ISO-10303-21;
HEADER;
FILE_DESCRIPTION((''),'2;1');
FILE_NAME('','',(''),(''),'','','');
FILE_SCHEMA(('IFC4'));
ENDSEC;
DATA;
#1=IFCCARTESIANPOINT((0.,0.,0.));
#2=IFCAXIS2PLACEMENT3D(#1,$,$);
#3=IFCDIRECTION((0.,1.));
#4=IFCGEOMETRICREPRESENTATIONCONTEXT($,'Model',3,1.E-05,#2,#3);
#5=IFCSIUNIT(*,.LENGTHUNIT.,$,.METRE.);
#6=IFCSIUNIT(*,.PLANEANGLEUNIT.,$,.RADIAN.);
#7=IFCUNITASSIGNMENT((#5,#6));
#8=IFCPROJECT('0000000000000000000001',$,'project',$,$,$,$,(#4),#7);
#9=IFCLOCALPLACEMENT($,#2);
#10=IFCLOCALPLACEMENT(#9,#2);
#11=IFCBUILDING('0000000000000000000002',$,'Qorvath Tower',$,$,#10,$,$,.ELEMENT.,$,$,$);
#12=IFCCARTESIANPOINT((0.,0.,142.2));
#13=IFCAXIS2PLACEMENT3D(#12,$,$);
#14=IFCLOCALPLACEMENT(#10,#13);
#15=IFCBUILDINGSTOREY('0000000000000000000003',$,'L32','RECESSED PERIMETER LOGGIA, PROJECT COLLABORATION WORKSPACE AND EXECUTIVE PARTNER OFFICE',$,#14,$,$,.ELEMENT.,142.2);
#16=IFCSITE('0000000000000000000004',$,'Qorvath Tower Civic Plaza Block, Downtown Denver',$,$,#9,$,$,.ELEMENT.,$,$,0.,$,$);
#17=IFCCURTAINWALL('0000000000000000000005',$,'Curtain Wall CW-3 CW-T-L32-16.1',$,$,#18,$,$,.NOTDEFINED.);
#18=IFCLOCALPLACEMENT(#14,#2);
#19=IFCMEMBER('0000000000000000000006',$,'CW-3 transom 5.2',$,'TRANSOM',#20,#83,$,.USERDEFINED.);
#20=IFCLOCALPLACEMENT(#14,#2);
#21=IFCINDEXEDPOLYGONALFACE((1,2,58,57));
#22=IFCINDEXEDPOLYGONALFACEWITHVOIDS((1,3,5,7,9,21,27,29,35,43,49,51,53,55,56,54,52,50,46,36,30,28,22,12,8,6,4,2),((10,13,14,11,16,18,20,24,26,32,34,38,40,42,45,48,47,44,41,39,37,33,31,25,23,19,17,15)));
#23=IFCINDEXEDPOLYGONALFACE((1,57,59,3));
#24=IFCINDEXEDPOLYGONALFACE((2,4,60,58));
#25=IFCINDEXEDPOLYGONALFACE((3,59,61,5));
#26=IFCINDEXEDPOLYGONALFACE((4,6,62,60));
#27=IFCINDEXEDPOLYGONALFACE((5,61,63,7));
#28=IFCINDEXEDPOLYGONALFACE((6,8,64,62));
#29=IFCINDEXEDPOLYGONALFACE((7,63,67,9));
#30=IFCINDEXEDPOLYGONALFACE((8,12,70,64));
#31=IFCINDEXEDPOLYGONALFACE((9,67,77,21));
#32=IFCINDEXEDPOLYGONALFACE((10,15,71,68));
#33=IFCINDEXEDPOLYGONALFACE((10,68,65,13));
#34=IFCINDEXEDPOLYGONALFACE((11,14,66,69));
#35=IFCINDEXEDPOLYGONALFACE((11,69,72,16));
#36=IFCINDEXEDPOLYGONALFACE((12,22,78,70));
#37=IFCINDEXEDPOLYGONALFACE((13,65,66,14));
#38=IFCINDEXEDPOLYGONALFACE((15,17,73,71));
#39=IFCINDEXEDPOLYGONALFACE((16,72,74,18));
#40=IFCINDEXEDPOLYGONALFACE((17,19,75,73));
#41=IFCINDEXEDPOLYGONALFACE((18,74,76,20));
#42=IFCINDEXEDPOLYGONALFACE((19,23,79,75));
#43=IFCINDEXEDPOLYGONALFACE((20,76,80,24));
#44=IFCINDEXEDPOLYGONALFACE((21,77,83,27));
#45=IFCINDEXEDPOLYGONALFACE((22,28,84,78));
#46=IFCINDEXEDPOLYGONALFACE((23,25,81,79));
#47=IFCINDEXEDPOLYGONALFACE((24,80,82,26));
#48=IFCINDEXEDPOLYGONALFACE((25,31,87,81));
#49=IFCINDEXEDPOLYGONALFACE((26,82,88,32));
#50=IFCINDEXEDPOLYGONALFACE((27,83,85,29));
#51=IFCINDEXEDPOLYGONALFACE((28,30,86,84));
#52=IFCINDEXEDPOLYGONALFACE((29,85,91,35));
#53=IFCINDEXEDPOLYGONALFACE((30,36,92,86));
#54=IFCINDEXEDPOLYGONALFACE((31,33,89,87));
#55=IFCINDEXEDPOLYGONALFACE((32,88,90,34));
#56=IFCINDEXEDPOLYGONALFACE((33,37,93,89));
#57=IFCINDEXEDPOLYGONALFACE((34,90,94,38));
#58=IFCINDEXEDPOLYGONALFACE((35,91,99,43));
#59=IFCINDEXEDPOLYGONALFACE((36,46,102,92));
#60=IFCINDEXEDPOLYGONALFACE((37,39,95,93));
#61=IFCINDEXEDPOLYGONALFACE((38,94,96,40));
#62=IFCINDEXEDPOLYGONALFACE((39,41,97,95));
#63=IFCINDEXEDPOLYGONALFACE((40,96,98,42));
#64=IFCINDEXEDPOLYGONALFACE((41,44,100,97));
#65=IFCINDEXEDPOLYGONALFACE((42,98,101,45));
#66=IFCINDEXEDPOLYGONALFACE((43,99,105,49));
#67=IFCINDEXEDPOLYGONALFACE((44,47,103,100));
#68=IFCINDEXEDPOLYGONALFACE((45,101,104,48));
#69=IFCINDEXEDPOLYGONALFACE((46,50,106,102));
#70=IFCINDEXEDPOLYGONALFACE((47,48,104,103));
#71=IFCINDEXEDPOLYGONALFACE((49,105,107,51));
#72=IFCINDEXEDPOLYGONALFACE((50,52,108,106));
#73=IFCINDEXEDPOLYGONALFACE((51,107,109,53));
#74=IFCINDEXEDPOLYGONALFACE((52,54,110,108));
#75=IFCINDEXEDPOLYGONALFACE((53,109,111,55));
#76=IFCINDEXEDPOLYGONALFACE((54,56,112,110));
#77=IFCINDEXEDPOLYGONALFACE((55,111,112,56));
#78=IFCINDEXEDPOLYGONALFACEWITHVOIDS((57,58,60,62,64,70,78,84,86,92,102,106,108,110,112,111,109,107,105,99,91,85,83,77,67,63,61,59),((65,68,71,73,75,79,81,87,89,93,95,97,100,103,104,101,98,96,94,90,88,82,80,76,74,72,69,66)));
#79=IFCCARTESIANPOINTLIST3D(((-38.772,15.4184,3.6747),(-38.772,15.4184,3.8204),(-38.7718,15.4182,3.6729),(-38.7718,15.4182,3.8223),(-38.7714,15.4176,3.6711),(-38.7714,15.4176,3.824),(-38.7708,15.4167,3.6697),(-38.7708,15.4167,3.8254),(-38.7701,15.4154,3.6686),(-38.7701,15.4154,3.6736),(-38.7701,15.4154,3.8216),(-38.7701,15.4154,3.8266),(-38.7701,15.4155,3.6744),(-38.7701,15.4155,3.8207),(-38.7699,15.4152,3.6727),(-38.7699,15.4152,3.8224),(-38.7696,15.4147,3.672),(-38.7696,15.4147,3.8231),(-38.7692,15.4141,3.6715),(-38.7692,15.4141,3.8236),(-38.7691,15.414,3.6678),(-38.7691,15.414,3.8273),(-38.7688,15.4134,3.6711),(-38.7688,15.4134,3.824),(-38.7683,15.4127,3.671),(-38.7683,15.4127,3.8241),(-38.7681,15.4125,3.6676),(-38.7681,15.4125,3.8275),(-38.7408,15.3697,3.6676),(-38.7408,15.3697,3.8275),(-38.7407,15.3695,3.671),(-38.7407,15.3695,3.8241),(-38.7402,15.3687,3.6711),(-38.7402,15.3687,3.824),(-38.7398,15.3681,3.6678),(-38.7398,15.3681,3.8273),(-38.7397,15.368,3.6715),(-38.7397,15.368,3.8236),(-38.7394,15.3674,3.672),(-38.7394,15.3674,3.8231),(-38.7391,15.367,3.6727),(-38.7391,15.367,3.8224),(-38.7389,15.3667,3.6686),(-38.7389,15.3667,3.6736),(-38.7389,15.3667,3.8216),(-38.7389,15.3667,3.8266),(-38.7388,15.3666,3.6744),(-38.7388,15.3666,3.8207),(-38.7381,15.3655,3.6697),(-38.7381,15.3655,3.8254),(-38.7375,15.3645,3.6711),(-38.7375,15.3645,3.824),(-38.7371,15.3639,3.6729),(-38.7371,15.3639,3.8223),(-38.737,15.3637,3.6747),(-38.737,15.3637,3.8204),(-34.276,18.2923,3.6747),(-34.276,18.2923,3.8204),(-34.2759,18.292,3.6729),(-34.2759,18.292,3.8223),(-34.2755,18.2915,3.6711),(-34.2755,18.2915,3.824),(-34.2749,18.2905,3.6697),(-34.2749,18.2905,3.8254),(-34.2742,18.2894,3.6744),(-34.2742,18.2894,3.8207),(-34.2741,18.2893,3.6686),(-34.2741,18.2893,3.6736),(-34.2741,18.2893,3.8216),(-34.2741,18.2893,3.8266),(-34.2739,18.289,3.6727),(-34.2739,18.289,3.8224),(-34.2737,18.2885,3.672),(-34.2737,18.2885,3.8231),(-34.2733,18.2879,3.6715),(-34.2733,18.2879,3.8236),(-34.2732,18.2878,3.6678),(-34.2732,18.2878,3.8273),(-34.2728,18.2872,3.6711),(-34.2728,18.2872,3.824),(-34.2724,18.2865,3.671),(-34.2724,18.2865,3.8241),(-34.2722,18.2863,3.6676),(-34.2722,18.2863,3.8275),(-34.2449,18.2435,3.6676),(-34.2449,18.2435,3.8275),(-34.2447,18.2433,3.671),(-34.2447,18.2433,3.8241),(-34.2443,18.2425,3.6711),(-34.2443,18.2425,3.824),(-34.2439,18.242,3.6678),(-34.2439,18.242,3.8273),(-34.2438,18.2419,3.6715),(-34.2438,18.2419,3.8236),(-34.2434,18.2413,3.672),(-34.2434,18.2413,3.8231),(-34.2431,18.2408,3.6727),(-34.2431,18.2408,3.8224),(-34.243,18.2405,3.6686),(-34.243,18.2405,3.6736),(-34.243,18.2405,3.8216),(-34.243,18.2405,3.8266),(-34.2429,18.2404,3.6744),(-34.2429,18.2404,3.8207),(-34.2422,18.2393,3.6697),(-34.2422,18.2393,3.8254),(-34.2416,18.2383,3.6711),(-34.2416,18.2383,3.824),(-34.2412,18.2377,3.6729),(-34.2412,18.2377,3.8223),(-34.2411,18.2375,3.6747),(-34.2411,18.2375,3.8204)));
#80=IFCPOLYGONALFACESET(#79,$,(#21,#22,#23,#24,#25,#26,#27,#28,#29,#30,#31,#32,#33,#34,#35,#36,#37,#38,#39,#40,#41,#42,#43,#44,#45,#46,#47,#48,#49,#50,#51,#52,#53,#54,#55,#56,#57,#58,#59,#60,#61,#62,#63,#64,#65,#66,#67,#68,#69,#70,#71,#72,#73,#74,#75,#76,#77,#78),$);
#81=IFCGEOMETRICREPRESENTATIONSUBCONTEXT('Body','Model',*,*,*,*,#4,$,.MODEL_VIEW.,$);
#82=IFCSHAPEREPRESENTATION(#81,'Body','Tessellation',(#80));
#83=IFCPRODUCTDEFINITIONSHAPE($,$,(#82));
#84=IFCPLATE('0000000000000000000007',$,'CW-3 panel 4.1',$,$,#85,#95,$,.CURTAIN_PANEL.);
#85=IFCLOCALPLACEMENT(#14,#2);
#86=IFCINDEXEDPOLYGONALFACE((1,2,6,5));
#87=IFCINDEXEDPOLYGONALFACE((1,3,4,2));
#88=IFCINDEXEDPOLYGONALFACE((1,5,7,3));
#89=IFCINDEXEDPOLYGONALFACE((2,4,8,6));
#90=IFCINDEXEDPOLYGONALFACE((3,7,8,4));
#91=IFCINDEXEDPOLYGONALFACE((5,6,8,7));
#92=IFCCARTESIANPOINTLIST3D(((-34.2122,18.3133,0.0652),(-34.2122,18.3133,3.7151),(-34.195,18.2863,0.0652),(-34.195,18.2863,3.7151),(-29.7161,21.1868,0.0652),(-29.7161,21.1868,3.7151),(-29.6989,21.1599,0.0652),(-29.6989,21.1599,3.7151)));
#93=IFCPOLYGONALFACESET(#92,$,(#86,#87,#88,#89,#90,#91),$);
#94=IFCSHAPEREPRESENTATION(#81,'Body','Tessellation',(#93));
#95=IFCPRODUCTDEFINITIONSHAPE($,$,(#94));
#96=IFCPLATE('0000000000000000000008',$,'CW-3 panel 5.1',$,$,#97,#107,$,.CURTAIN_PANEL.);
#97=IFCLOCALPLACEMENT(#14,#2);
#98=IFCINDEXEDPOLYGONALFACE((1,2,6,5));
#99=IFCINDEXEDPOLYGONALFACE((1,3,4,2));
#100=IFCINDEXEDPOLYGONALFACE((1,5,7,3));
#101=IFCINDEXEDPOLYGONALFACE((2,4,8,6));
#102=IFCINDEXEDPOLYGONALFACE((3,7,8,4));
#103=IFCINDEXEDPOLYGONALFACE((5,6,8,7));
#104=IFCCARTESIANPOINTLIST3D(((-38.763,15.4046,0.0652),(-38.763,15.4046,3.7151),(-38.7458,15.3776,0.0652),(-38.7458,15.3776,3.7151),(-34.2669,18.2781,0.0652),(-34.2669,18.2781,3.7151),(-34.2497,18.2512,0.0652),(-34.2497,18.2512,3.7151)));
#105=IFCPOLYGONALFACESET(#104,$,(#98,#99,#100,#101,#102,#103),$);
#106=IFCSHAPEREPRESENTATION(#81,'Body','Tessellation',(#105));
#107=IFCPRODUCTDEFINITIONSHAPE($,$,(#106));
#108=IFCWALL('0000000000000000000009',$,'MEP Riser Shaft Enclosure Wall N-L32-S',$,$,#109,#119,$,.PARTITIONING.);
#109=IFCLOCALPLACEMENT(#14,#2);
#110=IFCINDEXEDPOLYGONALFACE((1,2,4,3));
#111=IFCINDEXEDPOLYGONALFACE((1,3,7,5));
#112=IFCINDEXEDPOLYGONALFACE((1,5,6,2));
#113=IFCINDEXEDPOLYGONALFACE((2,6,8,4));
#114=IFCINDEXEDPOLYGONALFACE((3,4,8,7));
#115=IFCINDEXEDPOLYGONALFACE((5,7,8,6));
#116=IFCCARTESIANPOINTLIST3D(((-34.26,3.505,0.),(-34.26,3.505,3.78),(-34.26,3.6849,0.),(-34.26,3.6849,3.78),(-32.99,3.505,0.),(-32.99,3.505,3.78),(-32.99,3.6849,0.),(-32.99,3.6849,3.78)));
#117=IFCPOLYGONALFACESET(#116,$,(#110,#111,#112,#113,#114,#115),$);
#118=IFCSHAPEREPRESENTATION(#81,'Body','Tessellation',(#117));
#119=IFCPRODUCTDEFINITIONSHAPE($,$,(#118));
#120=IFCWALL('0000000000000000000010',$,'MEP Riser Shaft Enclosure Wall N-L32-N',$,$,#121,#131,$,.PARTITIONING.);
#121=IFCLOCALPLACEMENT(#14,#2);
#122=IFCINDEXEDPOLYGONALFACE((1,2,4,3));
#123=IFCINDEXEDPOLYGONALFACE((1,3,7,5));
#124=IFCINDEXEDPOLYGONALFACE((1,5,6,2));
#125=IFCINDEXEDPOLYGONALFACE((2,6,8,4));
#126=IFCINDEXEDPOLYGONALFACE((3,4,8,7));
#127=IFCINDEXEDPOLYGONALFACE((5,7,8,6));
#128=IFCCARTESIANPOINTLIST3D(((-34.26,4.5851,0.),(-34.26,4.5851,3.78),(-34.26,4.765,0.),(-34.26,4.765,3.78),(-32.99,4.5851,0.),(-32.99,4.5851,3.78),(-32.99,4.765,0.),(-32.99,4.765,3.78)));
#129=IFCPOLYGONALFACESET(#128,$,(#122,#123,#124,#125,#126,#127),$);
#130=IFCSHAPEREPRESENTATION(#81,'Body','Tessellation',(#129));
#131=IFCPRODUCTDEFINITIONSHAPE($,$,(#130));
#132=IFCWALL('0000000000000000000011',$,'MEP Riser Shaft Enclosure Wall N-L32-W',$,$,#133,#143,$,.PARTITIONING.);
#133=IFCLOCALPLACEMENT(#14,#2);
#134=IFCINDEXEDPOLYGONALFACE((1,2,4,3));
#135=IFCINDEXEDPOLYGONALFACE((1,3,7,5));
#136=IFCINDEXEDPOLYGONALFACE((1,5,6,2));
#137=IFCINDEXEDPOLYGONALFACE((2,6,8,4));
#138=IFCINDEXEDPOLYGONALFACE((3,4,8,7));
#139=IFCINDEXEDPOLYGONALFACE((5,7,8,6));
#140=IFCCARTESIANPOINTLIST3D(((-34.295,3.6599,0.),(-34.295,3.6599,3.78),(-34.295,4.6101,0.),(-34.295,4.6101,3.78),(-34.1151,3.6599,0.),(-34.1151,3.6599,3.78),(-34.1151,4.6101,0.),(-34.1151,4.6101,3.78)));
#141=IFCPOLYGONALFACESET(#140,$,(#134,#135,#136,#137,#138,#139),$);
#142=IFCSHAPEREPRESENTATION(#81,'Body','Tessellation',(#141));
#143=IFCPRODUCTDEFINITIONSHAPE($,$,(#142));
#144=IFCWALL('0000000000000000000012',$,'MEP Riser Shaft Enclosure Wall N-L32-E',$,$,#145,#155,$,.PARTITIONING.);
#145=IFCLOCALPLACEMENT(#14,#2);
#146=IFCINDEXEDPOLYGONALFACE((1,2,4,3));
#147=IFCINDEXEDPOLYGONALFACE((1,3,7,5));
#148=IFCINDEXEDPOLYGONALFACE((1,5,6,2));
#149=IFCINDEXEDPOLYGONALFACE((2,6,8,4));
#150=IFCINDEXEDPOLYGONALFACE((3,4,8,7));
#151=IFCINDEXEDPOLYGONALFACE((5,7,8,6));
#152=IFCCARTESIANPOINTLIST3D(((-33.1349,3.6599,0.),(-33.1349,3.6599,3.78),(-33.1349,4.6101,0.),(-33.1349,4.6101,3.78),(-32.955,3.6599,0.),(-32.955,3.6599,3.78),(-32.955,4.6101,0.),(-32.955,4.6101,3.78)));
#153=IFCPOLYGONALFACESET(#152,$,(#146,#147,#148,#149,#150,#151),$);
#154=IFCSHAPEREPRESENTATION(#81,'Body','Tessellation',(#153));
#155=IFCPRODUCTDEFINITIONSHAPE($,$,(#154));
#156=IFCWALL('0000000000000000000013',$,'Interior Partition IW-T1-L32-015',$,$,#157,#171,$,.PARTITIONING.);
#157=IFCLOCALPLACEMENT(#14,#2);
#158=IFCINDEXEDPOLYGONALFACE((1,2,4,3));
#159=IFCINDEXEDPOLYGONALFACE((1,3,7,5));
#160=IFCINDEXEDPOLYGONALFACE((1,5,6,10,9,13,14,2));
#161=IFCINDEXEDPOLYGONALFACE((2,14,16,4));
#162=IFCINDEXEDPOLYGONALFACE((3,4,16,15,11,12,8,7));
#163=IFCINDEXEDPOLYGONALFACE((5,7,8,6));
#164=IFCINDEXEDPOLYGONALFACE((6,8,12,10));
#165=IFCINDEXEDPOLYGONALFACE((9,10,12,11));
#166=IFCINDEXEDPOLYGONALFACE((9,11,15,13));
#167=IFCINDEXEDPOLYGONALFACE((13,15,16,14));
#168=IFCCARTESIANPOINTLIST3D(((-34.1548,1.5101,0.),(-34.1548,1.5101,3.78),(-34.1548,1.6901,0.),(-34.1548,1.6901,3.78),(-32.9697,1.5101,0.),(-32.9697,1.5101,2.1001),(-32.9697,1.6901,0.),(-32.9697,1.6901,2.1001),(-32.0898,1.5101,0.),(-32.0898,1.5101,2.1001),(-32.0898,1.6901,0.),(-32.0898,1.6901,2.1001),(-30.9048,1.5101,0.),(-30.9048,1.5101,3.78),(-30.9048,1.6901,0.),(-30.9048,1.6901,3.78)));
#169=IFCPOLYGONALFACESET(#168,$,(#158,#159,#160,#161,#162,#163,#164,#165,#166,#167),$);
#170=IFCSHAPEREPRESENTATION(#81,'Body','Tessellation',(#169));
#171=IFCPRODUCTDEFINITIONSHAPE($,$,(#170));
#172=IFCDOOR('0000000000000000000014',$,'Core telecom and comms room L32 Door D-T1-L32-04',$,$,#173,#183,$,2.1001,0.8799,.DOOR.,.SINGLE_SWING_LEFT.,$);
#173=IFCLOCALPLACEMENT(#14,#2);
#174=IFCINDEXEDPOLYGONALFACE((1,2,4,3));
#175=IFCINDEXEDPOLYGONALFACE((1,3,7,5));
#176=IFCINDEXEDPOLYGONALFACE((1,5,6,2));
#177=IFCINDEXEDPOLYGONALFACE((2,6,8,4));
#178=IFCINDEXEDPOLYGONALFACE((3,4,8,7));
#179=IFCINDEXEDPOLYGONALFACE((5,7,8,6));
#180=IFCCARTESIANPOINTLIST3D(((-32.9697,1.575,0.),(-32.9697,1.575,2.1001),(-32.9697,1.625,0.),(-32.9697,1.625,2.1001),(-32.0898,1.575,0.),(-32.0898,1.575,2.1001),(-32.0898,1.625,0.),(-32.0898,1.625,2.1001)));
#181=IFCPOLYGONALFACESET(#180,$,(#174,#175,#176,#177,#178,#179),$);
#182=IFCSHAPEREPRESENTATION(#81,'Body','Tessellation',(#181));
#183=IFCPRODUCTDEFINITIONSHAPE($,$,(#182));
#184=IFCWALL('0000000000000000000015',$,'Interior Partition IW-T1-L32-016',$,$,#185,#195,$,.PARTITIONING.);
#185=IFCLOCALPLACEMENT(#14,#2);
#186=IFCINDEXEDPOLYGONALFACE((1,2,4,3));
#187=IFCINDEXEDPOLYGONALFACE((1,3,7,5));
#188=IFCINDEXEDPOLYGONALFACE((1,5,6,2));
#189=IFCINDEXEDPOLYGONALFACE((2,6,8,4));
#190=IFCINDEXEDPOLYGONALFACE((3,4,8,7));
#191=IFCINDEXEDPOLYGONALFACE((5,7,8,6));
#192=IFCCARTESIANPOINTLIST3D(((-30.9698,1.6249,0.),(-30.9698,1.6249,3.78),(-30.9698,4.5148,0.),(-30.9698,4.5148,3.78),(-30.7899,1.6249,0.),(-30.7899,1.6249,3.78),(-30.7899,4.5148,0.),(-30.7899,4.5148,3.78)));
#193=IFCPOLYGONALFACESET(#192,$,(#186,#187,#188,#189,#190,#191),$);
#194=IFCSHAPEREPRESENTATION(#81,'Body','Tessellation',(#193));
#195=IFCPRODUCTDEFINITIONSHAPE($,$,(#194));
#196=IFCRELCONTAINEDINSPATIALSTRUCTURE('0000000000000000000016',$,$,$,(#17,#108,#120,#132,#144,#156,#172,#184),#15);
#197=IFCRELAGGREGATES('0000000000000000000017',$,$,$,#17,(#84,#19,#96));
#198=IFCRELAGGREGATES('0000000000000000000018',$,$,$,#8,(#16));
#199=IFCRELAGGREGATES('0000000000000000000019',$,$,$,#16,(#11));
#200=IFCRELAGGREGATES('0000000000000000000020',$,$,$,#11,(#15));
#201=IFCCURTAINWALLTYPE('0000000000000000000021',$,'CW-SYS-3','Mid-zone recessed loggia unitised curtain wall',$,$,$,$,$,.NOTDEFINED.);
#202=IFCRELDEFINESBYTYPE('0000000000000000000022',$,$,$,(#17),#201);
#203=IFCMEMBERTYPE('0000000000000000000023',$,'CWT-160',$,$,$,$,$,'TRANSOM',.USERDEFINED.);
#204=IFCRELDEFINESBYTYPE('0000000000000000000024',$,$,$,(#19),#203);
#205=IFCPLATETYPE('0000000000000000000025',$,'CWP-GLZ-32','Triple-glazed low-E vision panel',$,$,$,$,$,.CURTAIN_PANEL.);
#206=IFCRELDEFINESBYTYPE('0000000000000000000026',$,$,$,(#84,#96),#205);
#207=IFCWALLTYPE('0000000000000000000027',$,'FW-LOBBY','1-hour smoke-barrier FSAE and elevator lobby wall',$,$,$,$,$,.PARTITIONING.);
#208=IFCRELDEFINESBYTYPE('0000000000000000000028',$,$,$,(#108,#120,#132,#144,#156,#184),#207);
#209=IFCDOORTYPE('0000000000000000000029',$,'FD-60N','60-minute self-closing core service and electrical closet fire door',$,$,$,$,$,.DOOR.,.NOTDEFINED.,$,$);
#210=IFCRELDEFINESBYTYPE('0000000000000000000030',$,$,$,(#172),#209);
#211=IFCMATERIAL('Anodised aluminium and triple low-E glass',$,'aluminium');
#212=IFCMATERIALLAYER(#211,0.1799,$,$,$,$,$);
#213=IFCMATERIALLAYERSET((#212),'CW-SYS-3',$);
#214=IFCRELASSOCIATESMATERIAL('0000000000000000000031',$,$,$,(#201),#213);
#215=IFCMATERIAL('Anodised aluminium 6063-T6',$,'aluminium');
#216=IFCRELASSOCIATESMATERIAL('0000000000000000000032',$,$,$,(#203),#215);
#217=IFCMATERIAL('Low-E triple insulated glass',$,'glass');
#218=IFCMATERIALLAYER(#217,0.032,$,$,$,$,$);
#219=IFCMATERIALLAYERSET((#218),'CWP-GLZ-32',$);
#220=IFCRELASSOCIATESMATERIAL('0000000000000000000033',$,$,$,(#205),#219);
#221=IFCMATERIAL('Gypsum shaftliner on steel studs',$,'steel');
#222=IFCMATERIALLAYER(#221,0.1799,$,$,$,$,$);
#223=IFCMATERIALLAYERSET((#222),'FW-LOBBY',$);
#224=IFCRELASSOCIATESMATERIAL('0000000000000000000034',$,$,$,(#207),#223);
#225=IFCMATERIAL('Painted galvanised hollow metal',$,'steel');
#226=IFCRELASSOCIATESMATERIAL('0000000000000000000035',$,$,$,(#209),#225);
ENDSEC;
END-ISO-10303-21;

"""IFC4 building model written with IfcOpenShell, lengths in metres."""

from ifc_helpers import new_model, si_unit, direction, frame, frame_2d, origin, origin_2d, place, context, subcontext, project, spatial, rectangle, hollow_rectangle, extrude, material, layer, layer_set, material_profile, profile_set, type_object, element, fill, aggregate, save


model = new_model("IFC4")

# Units and contexts
model_context = context("Model", 3, precision=1e-05, world=origin(), true_north=direction((0.0, 1.0)))
body_context = subcontext(model_context, "Body", "Model", "MODEL_VIEW")
ifc_project = project(units=[si_unit("LENGTHUNIT", "METRE"), si_unit("PLANEANGLEUNIT", "RADIAN")], contexts=[model_context])

# Site, building, storey
site_placement = place(None, origin())
site = spatial("IfcSite", under=ifc_project, at=site_placement, Name="Qorvath Tower Civic Plaza Block, Downtown Denver", CompositionType="ELEMENT", RefElevation=0.0)
building_placement = place(site_placement, origin())
building = spatial("IfcBuilding", under=site, at=building_placement, Name="Qorvath Tower", CompositionType="ELEMENT")
storey_placement = place(building_placement, frame((0.0, 0.0, 142.2)))
storey = spatial("IfcBuildingStorey", under=building, at=storey_placement, Name="L32", Description="RECESSED PERIMETER LOGGIA, PROJECT COLLABORATION WORKSPACE AND EXECUTIVE PARTNER OFFICE", CompositionType="ELEMENT", Elevation=142.2)

# Curtain wall, member, plates
ifc_material_1 = material(Name="Anodised aluminium and triple low-E glass", Category="aluminium")
ifc_layer_1 = layer(ifc_material_1, 0.1799)
ifc_layer_set_1 = layer_set([ifc_layer_1], Name="CW-SYS-3")
curtain_wall_type = type_object("IfcCurtainWallType", Name="CW-SYS-3", Description="Mid-zone recessed loggia unitised curtain wall", PredefinedType="NOTDEFINED", material=ifc_layer_set_1)
curtain_wall_placement = place(storey_placement, origin())
curtain_wall = element("IfcCurtainWall", 1, at=curtain_wall_placement, inside=storey, type_object=curtain_wall_type, Name="Curtain Wall CW-3 CW-T-L32-16.1", PredefinedType="NOTDEFINED")
ifc_material_2 = material(Name="Anodised aluminium 6063-T6", Category="aluminium")
ifc_material_profile_1 = material_profile(ifc_material_2, hollow_rectangle(XDim=0.0649, YDim=0.1599, WallThickness=0.0034, InnerFilletRadius=0.0034, OuterFilletRadius=0.0071, at=origin_2d()), Name="CWT 160x65")
ifc_profile_set_1 = profile_set([ifc_material_profile_1], Name="Anodised aluminium 6063-T6")
member_type_1 = type_object("IfcMemberType", Name="CWT-160", ElementType="TRANSOM", PredefinedType="USERDEFINED", material=ifc_profile_set_1)
member_1_placement = place(storey_placement, frame((-34.2585, 18.2649, 3.7476), z_axis=(-0.842575, -0.53858, 0.0), x_axis=(0.53858, -0.842575, 0.0)))
member_1 = element("IfcMember", 2, at=member_1_placement, type_object=member_type_1, Name="CW-3 transom 5.2", ObjectType="TRANSOM", PredefinedType="USERDEFINED", context=body_context, shape_type="SweptSolid", body=[
    extrude(hollow_rectangle(XDim=0.0649, YDim=0.1599, WallThickness=0.0034, InnerFilletRadius=0.0034, OuterFilletRadius=0.0071, at=origin_2d()), origin(), (0.0, 0.0, 1.0), 5.3359),
])
ifc_material_3 = material(Name="Low-E triple insulated glass", Category="glass")
ifc_layer_2 = layer(ifc_material_3, 0.032)
ifc_layer_set_2 = layer_set([ifc_layer_2], Name="CWP-GLZ-32")
plate_type = type_object("IfcPlateType", Name="CWP-GLZ-32", Description="Triple-glazed low-E vision panel", PredefinedType="CURTAIN_PANEL", material=ifc_layer_set_2)
plate_1_placement = place(storey_placement, frame((-31.9556, 19.7366, 0.0652), z_axis=(0.0, 0.0, 1.0), x_axis=(-0.842604, -0.538533, 0.0)))
plate_1 = element("IfcPlate", 3, at=plate_1_placement, type_object=plate_type, Name="CW-3 panel 4.1", PredefinedType="CURTAIN_PANEL", context=body_context, shape_type="SweptSolid", body=[
    extrude(rectangle(XDim=5.3359, YDim=0.032, at=origin_2d()), origin(), (0.0, 0.0, 1.0), 3.6499),
])
plate_2_placement = place(storey_placement, frame((-36.5063, 16.8279, 0.0652), z_axis=(0.0, 0.0, 1.0), x_axis=(-0.842604, -0.538533, 0.0)))
plate_2 = element("IfcPlate", 4, at=plate_2_placement, type_object=plate_type, Name="CW-3 panel 5.1", PredefinedType="CURTAIN_PANEL", context=body_context, shape_type="SweptSolid", body=[
    extrude(rectangle(XDim=5.3359, YDim=0.032, at=origin_2d()), origin(), (0.0, 0.0, 1.0), 3.6499),
])
aggregate(curtain_wall, [plate_1, member_1, plate_2])

# Walls
ifc_material_4 = material(Name="Gypsum shaftliner on steel studs", Category="steel")
ifc_layer_3 = layer(ifc_material_4, 0.1799)
ifc_layer_set_3 = layer_set([ifc_layer_3], Name="FW-LOBBY")
wall_type_1 = type_object("IfcWallType", Name="FW-LOBBY", Description="1-hour smoke-barrier FSAE and elevator lobby wall", PredefinedType="PARTITIONING", material=ifc_layer_set_3)
for number, where, z_axis, x_axis, name in (
    (5, (-32.99, 3.595, 0.0), (0.0, 0.0, 1.0), (-1.0, 0.0, 0.0), "MEP Riser Shaft Enclosure Wall N-L32-S"),
    (6, (-34.26, 4.675, 0.0), (0.0, 0.0, 1.0), (1.0, 0.0, 0.0), "MEP Riser Shaft Enclosure Wall N-L32-N"),
):
    element("IfcWall", number, at=place(storey_placement, frame(where, z_axis=z_axis, x_axis=x_axis)), inside=storey, type_object=wall_type_1, Name=name, PredefinedType="PARTITIONING", context=body_context, shape_type="SweptSolid", body=[
        extrude(rectangle(XDim=1.27, YDim=0.1799, at=frame_2d((0.635, 0.0))), origin(), (0.0, 0.0, 1.0), 3.78),
    ])
for number, where, z_axis, x_axis, name in (
    (7, (-34.2051, 3.6599, 0.0), (0.0, 0.0, 1.0), (0.0, 1.0, 0.0), "MEP Riser Shaft Enclosure Wall N-L32-W"),
    (8, (-33.0449, 4.6101, 0.0), (0.0, 0.0, 1.0), (0.0, -1.0, 0.0), "MEP Riser Shaft Enclosure Wall N-L32-E"),
):
    element("IfcWall", number, at=place(storey_placement, frame(where, z_axis=z_axis, x_axis=x_axis)), inside=storey, type_object=wall_type_1, Name=name, PredefinedType="PARTITIONING", context=body_context, shape_type="SweptSolid", body=[
        extrude(rectangle(XDim=0.9502, YDim=0.1799, at=frame_2d((0.4751, 0.0))), origin(), (0.0, 0.0, 1.0), 3.78),
    ])

# Wall, opening, door
wall_1_placement = place(storey_placement, frame((-34.1548, 1.6001, 0.0), z_axis=(0.0, 0.0, 1.0), x_axis=(1.0, 0.0, 0.0)))
wall_1 = element("IfcWall", 9, at=wall_1_placement, inside=storey, type_object=wall_type_1, Name="Interior Partition IW-T1-L32-015", PredefinedType="PARTITIONING", context=body_context, shape_type="SweptSolid", body=[
    extrude(rectangle(XDim=3.25, YDim=0.1799, at=frame_2d((1.625, 0.0))), origin(), (0.0, 0.0, 1.0), 3.78),
])
opening_1_placement = place(wall_1_placement, frame((1.1851, 0.0, 0.0)))
opening_1 = element("IfcOpeningElement", 10, at=opening_1_placement, cuts=wall_1, PredefinedType="OPENING", context=body_context, shape_type="SweptSolid", body=[
    extrude(rectangle(XDim=0.8799, YDim=2.1001, at=frame_2d((0.4399, 1.05))), frame((0.0, 0.1001, 0.0), z_axis=(0.0, -1.0, 0.0), x_axis=(1.0, 0.0, 0.0)), (0.0, 0.0, 1.0), 0.2),
])
ifc_material_5 = material(Name="Painted galvanised hollow metal", Category="steel")
door_type_1 = type_object("IfcDoorType", Name="FD-60N", Description="60-minute self-closing core service and electrical closet fire door", OperationType="NOTDEFINED", PredefinedType="DOOR", material=ifc_material_5)
door_1_placement = place(opening_1_placement, origin())
door_1 = element("IfcDoor", 11, at=door_1_placement, inside=storey, type_object=door_type_1, Name="Core telecom and comms room L32 Door D-T1-L32-04", OperationType="SINGLE_SWING_LEFT", OverallHeight=2.1001, OverallWidth=0.8799, PredefinedType="DOOR", context=body_context, shape_type="SweptSolid", body=[
    extrude(rectangle(XDim=0.8799, YDim=2.1001, at=frame_2d((0.4399, 1.05))), frame((0.0, 0.0249, 0.0), z_axis=(0.0, -1.0, 0.0), x_axis=(1.0, 0.0, 0.0)), (0.0, 0.0, 1.0), 0.05),
])
fill(opening_1, door_1)

# Wall
wall_2_placement = place(storey_placement, frame((-30.8799, 1.625, 0.0), z_axis=(0.0, 0.0, 1.0), x_axis=(0.0, 1.0, 0.0)))
element("IfcWall", 12, at=wall_2_placement, inside=storey, type_object=wall_type_1, Name="Interior Partition IW-T1-L32-016", PredefinedType="PARTITIONING", context=body_context, shape_type="SweptSolid", body=[
    extrude(rectangle(XDim=2.8899, YDim=0.1799, at=frame_2d((1.4448, 0.0))), origin(), (0.0, 0.0, 1.0), 3.78),
])

save(model, "model.ifc")
